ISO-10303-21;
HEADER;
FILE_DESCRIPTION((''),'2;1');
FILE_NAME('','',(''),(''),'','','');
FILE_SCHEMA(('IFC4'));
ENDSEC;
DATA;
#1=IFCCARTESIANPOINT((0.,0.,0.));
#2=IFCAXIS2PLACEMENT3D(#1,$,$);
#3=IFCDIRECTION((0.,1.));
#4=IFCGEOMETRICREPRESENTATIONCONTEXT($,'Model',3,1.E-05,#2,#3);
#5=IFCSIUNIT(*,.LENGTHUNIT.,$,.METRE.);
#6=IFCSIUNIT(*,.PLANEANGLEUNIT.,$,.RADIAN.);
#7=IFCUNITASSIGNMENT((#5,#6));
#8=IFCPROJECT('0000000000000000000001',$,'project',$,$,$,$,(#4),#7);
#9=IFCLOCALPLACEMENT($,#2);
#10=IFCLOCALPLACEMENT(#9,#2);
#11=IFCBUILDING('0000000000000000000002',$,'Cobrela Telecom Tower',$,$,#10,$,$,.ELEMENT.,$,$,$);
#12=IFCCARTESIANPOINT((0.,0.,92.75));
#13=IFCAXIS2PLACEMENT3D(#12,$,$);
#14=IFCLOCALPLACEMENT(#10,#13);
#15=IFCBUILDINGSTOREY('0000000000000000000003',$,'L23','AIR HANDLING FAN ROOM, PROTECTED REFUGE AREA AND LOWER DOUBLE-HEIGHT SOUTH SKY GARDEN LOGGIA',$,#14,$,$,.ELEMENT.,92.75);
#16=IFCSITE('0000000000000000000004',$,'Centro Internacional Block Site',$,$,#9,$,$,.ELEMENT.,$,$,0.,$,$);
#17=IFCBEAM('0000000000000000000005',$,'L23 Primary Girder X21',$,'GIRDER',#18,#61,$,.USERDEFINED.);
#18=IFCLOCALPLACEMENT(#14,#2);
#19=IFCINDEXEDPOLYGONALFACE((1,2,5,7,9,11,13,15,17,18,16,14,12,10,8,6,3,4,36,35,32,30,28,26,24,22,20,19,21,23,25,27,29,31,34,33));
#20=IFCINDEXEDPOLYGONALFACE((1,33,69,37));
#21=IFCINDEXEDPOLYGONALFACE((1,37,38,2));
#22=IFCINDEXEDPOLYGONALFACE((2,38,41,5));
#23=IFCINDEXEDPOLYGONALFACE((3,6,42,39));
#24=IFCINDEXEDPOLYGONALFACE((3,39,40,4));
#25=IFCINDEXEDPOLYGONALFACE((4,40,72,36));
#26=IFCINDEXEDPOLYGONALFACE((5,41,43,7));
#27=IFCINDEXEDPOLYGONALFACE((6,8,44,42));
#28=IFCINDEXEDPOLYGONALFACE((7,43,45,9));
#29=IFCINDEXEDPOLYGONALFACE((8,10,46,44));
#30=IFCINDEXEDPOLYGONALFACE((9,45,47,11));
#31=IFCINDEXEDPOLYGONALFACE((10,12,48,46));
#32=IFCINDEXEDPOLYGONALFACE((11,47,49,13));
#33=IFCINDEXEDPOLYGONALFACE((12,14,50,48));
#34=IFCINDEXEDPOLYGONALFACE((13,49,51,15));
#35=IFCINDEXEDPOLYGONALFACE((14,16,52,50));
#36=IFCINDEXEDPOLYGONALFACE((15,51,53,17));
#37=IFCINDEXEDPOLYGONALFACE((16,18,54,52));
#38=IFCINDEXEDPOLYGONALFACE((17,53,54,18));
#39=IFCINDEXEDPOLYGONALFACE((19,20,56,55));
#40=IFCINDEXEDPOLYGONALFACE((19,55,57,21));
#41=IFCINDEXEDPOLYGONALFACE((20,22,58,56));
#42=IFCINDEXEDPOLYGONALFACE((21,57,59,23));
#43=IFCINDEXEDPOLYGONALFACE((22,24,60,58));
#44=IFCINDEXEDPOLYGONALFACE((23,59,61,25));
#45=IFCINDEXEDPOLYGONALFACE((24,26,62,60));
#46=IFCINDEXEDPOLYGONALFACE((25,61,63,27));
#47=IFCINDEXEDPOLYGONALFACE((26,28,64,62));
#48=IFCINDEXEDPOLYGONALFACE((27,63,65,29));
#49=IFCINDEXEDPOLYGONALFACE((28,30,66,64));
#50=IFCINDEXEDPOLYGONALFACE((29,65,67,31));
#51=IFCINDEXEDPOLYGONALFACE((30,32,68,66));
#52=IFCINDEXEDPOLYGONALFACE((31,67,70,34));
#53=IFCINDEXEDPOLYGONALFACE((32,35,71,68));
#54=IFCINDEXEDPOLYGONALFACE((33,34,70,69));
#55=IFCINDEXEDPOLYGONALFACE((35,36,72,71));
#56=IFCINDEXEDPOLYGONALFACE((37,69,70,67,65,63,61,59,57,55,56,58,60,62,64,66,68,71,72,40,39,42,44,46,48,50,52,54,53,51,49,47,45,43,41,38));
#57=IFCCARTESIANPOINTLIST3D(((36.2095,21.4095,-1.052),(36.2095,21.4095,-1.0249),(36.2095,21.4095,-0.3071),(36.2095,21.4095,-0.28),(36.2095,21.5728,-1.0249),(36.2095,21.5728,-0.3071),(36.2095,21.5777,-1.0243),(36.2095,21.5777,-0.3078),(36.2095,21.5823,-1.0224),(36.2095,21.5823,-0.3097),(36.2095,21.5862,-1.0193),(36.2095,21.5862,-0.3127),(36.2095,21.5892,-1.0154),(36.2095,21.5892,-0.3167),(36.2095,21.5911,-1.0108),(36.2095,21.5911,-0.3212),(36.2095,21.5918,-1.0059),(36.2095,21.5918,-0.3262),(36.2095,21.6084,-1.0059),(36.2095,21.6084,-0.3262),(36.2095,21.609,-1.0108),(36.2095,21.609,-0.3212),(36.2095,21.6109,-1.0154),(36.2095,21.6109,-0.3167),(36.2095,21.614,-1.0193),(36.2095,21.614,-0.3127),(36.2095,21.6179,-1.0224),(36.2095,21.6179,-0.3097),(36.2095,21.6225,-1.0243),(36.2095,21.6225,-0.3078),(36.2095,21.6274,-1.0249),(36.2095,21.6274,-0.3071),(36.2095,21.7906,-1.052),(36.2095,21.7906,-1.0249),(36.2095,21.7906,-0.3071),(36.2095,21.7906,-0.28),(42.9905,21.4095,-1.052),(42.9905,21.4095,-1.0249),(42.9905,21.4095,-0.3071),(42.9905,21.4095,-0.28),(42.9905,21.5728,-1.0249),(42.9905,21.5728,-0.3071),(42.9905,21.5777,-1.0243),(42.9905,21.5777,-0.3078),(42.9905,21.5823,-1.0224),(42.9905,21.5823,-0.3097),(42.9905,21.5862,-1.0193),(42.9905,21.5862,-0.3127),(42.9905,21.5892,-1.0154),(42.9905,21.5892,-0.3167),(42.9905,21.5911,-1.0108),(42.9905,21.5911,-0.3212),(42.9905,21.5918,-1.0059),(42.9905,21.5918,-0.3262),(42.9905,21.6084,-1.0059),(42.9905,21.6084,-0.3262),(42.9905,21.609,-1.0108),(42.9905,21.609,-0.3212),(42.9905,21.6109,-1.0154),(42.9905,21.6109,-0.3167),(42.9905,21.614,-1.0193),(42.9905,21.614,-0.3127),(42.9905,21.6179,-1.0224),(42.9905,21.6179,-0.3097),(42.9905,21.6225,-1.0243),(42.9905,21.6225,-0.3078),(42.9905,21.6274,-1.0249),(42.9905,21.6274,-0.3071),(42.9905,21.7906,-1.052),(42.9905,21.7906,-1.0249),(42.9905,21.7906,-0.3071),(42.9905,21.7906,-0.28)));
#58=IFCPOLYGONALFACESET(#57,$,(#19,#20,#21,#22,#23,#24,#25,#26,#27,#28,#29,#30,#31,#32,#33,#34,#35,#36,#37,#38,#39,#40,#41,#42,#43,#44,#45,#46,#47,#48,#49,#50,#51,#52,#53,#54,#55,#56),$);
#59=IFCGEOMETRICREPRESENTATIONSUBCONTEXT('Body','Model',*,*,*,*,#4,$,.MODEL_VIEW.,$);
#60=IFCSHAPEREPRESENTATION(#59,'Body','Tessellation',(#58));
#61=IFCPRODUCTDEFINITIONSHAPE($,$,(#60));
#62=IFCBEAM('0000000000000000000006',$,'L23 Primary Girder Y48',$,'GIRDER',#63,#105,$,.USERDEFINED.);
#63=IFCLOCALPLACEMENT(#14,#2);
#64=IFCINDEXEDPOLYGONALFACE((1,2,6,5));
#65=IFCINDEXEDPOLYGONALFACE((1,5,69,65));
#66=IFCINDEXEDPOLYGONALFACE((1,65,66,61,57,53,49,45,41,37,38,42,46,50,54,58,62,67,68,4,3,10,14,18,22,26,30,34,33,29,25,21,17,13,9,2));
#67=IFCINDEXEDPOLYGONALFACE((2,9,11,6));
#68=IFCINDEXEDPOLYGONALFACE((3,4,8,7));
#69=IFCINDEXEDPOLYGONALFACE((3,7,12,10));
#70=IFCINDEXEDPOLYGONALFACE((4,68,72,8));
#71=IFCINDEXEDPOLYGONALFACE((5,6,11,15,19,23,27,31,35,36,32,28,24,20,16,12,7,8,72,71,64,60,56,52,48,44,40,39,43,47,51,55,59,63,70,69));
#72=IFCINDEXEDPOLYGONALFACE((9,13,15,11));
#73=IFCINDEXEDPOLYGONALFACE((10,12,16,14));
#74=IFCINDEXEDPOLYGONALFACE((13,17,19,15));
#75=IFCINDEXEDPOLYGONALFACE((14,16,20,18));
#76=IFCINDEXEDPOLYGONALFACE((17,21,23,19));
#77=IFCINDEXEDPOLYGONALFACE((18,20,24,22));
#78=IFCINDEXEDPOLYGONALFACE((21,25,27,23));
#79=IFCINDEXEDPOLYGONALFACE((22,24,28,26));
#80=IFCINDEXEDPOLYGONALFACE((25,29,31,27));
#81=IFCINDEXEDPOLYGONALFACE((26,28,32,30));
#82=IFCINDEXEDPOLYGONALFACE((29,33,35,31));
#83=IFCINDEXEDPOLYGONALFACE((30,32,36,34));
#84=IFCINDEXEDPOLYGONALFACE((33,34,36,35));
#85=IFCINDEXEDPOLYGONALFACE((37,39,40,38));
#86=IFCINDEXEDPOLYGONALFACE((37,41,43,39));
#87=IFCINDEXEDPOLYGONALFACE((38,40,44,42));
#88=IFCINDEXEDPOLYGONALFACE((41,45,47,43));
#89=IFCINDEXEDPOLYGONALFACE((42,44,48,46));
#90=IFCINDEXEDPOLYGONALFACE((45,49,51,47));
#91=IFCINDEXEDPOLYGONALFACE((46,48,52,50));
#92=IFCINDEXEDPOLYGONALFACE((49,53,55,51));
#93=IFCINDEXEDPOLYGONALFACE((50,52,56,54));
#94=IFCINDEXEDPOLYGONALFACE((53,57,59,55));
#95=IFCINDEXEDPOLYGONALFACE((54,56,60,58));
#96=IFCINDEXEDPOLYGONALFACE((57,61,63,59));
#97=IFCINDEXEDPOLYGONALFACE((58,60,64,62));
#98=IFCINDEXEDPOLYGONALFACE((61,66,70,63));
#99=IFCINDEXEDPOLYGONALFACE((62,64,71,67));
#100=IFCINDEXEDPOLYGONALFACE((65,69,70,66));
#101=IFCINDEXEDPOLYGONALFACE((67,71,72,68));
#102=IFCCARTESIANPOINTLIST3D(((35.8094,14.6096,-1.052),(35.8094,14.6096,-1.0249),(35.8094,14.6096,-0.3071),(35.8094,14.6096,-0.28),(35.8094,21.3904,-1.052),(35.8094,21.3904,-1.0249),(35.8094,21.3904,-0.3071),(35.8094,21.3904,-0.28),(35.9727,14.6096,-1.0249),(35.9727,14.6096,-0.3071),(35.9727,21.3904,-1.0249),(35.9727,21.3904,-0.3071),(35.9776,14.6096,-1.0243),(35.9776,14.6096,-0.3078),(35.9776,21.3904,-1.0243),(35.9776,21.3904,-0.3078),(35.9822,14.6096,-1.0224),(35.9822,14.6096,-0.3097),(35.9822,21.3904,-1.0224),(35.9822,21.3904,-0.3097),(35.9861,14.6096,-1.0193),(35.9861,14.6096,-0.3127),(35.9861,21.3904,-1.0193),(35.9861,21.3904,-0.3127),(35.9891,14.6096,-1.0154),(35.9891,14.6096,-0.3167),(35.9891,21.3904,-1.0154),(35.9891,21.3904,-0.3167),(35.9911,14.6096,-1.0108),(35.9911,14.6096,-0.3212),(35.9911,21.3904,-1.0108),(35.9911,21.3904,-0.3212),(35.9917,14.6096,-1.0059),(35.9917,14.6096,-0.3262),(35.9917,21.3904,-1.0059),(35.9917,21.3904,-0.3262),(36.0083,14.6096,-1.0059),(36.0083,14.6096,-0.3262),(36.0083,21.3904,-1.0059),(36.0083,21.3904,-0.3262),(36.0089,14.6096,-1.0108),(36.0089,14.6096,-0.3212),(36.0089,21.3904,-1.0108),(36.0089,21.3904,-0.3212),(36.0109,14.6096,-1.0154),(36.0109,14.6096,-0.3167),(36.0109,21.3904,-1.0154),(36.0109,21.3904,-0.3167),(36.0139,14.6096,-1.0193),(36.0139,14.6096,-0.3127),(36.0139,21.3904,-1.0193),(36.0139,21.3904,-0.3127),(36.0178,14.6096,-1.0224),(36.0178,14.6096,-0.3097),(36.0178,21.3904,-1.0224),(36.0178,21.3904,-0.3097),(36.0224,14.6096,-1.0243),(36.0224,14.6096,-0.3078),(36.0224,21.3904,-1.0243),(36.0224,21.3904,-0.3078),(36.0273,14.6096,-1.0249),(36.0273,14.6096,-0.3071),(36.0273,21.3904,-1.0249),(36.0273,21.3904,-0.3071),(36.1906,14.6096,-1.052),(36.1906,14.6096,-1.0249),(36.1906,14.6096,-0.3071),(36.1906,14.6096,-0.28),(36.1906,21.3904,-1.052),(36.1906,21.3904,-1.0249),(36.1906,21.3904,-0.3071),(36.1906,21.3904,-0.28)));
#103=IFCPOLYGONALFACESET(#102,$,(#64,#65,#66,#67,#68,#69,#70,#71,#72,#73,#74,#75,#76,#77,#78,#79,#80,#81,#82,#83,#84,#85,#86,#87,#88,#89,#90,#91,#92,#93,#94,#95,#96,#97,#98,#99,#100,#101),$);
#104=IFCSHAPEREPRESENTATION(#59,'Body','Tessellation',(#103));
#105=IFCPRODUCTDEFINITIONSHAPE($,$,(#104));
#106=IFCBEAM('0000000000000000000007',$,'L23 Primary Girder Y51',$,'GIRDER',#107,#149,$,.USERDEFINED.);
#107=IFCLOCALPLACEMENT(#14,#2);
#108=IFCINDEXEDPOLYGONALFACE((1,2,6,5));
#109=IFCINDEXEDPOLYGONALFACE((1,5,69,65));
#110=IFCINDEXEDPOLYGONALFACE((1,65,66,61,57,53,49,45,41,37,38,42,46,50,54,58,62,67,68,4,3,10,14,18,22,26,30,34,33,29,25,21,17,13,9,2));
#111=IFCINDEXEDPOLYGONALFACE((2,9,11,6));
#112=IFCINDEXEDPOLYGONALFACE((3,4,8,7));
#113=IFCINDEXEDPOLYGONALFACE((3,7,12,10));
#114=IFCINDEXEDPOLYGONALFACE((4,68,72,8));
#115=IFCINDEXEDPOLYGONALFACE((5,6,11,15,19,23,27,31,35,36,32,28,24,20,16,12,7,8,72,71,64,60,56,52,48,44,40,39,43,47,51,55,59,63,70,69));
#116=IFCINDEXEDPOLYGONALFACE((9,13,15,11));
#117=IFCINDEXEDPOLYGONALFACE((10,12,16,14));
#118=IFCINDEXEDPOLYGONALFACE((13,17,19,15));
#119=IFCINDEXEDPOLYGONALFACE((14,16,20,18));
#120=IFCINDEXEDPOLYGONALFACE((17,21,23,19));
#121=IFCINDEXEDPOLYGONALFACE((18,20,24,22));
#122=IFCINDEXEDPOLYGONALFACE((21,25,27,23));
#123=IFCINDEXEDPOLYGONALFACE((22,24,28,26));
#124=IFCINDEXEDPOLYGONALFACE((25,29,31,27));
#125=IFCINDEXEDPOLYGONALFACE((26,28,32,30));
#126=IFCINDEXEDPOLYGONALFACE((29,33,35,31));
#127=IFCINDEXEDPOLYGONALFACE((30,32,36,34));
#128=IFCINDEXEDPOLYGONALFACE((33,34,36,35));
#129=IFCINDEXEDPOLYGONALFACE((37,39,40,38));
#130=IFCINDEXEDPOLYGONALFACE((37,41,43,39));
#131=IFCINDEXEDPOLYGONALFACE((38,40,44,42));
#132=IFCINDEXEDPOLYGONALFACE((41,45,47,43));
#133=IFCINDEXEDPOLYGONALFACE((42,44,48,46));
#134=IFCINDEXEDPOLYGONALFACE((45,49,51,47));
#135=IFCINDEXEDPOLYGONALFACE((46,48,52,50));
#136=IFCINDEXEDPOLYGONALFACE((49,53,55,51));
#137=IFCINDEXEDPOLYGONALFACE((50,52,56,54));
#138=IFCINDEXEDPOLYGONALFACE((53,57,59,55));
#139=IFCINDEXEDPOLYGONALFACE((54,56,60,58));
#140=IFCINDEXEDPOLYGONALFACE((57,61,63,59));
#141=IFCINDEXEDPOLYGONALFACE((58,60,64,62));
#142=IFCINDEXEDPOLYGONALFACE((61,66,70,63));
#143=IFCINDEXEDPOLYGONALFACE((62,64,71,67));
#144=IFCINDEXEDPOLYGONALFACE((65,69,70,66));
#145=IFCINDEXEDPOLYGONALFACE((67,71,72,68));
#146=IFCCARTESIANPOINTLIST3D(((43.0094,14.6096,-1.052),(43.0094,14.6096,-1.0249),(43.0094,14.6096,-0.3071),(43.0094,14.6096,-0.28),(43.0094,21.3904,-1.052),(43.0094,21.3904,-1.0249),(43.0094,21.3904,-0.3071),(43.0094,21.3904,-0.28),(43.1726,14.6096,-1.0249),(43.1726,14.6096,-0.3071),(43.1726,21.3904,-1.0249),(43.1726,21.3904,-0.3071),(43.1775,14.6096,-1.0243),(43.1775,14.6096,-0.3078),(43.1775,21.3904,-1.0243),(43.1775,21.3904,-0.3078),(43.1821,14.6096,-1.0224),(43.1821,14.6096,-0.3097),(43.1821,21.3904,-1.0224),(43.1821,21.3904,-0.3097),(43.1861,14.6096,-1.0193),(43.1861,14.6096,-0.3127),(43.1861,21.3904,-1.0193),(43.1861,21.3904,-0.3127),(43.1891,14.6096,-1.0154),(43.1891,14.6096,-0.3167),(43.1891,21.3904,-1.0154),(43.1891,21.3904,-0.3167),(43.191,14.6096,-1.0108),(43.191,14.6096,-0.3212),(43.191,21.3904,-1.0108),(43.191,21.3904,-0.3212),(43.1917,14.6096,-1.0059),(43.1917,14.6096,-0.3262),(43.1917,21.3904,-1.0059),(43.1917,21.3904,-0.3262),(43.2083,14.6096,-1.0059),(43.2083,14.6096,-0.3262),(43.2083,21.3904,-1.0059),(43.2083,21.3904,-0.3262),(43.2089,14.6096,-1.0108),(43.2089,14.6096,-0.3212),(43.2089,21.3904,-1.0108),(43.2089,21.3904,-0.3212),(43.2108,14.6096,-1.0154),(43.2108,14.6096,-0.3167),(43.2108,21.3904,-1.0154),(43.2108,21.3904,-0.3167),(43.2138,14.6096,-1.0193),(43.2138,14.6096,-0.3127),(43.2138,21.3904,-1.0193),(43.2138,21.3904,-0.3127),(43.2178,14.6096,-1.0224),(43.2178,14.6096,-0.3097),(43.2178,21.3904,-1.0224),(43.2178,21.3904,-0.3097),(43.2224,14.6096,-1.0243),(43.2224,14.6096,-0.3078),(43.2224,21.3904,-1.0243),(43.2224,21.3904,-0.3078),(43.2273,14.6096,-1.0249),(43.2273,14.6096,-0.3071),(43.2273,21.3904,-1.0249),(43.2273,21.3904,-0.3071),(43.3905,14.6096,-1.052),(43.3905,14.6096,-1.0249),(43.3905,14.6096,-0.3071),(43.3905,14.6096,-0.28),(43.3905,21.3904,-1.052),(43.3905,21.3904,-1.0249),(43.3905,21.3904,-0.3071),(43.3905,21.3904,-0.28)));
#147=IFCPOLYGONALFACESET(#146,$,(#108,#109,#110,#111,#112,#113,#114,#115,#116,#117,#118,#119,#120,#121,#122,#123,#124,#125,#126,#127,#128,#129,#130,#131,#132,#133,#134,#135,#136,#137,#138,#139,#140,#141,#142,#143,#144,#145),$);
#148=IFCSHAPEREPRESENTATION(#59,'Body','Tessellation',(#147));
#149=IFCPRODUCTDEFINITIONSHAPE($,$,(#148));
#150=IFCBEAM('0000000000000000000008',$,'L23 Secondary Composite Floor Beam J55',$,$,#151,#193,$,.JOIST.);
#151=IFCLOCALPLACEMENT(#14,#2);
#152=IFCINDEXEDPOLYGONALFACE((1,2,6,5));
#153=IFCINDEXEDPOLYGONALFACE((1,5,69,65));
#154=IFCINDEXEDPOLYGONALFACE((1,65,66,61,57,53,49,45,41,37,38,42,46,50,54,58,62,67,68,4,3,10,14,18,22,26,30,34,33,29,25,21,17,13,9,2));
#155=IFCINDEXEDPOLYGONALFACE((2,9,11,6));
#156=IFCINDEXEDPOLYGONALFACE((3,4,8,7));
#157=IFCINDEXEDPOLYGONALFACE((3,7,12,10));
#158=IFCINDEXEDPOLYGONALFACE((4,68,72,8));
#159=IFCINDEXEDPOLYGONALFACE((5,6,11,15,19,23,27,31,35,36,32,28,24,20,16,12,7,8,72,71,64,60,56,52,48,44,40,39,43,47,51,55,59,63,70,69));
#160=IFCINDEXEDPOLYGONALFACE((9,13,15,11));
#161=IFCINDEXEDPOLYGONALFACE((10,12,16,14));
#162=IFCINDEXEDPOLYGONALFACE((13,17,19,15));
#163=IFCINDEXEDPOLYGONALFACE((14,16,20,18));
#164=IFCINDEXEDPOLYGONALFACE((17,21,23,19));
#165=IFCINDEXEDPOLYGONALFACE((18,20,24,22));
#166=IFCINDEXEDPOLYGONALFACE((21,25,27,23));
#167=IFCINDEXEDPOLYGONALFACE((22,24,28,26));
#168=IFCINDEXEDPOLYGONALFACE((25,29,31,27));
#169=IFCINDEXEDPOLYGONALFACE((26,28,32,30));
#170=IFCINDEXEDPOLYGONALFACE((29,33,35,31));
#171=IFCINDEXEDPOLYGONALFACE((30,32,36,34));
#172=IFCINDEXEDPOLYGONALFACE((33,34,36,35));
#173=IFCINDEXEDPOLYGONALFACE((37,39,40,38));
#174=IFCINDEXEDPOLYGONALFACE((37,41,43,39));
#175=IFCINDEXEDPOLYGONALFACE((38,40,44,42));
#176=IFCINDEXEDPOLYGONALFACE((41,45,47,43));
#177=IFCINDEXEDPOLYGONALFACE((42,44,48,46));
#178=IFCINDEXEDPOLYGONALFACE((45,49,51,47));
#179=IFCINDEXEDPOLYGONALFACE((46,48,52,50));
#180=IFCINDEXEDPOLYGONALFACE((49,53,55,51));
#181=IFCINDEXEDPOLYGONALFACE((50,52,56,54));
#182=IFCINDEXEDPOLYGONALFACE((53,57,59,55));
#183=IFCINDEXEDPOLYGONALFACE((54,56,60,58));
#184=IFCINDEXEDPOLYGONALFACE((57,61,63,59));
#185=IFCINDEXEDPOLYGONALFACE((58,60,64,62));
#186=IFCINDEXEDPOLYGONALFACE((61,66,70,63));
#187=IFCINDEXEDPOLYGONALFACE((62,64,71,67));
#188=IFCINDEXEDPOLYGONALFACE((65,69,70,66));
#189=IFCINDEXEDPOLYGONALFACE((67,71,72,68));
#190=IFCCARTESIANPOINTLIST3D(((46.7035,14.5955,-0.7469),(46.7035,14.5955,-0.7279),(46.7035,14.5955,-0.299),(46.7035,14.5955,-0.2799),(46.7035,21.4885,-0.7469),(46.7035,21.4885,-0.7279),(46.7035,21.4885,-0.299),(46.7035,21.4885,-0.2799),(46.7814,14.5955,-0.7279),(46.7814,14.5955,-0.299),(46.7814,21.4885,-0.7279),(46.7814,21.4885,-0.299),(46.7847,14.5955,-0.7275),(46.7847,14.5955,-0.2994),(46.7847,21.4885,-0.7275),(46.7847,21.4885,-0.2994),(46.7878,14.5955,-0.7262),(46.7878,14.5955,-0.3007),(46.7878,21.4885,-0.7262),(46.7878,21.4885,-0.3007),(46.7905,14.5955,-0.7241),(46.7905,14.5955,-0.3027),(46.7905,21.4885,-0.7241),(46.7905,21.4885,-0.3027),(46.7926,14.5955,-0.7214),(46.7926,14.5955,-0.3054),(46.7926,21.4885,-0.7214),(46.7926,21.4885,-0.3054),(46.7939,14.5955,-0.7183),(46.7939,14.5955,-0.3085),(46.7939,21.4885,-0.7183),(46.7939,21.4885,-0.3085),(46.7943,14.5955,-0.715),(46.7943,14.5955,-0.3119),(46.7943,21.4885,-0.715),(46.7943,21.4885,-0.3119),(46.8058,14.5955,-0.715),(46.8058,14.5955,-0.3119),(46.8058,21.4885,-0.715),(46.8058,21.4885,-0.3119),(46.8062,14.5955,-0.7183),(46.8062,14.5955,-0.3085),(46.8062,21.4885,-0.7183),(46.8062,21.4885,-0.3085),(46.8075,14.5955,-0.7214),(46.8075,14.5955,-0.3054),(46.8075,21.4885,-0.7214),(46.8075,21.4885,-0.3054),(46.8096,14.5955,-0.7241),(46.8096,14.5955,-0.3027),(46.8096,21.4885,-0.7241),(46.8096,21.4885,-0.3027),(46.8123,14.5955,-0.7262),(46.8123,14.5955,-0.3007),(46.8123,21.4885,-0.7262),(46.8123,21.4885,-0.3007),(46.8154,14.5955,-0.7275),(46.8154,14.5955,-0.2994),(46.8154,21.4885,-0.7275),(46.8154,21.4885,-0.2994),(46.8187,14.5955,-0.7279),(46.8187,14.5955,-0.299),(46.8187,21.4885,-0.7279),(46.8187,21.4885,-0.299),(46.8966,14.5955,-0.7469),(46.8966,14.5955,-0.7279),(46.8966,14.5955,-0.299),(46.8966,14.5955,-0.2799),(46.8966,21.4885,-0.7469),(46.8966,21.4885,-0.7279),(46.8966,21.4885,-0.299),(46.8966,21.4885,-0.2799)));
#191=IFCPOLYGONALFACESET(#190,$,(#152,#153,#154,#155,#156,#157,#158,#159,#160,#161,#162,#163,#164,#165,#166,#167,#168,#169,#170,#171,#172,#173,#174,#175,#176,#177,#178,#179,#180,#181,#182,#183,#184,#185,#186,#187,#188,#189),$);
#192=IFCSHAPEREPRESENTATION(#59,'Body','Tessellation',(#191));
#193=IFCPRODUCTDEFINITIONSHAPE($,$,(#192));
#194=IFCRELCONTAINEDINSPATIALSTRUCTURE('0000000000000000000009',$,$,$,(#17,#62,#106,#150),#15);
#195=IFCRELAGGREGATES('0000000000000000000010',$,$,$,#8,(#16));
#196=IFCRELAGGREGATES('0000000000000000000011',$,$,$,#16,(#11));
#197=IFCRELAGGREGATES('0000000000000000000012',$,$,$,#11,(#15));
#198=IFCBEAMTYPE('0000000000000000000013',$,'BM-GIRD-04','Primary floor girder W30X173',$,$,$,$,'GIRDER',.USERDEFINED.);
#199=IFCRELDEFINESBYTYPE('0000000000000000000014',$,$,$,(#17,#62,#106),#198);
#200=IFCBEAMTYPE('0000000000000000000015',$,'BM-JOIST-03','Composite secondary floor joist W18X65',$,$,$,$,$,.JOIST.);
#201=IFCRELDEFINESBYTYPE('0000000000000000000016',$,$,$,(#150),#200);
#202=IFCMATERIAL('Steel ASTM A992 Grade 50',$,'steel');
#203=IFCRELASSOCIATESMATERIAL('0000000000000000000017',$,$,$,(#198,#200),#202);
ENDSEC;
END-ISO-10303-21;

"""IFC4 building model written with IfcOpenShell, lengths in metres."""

from ifc_helpers import new_model, si_unit, direction, frame, origin, origin_2d, place, context, subcontext, project, spatial, i_section, extrude, material, material_profile, profile_set, type_object, element, save


model = new_model("IFC4")

# Units and contexts
model_context = context("Model", 3, precision=1e-05, world=origin(), true_north=direction((0.0, 1.0)))
body_context = subcontext(model_context, "Body", "Model", "MODEL_VIEW")
ifc_project = project(units=[si_unit("LENGTHUNIT", "METRE"), si_unit("PLANEANGLEUNIT", "RADIAN")], contexts=[model_context])

# Site, building, storey
site_placement = place(None, origin())
site = spatial("IfcSite", under=ifc_project, at=site_placement, Name="Centro Internacional Block Site", CompositionType="ELEMENT", RefElevation=0.0)
building_placement = place(site_placement, origin())
building = spatial("IfcBuilding", under=site, at=building_placement, Name="Cobrela Telecom Tower", CompositionType="ELEMENT")
storey_placement = place(building_placement, frame((0.0, 0.0, 92.75)))
storey = spatial("IfcBuildingStorey", under=building, at=storey_placement, Name="L23", Description="AIR HANDLING FAN ROOM, PROTECTED REFUGE AREA AND LOWER DOUBLE-HEIGHT SOUTH SKY GARDEN LOGGIA", CompositionType="ELEMENT", Elevation=92.75)

# Shared definitions
ifc_material_1 = material(Name="Steel ASTM A992 Grade 50", Category="steel")

# Beams
ifc_material_profile_1 = material_profile(ifc_material_1, i_section(OverallWidth=0.3811, OverallDepth=0.772, WebThickness=0.0166, FlangeThickness=0.0271, FilletRadius=0.019, at=origin_2d()), Name="W30X173")
ifc_profile_set_1 = profile_set([ifc_material_profile_1], Name="Steel ASTM A992 Grade 50")
beam_type_1 = type_object("IfcBeamType", Name="BM-GIRD-04", Description="Primary floor girder W30X173", ElementType="GIRDER", PredefinedType="USERDEFINED", material=ifc_profile_set_1)
for number, where, z_axis, x_axis, name in (
    (1, (36.2095, 21.6001, -0.666), (1.0, 0.0, 0.0), (0.0, 1.0, 0.0), "L23 Primary Girder X21"),
):
    element("IfcBeam", number, at=place(storey_placement, frame(where, z_axis=z_axis, x_axis=x_axis)), inside=storey, type_object=beam_type_1, Name=name, ObjectType="GIRDER", PredefinedType="USERDEFINED", context=body_context, shape_type="SweptSolid", body=[
        extrude(i_section(OverallWidth=0.3811, OverallDepth=0.772, WebThickness=0.0166, FlangeThickness=0.0271, FilletRadius=0.019, at=origin_2d()), origin(), (0.0, 0.0, 1.0), 6.781),
    ])
for number, where, z_axis, x_axis, name in (
    (2, (36.0, 14.6096, -0.666), (0.0, 1.0, 0.0), (-1.0, 0.0, 0.0), "L23 Primary Girder Y48"),
    (3, (43.2, 14.6096, -0.666), (0.0, 1.0, 0.0), (-1.0, 0.0, 0.0), "L23 Primary Girder Y51"),
):
    element("IfcBeam", number, at=place(storey_placement, frame(where, z_axis=z_axis, x_axis=x_axis)), inside=storey, type_object=beam_type_1, Name=name, ObjectType="GIRDER", PredefinedType="USERDEFINED", context=body_context, shape_type="SweptSolid", body=[
        extrude(i_section(OverallWidth=0.3811, OverallDepth=0.772, WebThickness=0.0166, FlangeThickness=0.0271, FilletRadius=0.019, at=origin_2d()), origin(), (0.0, 0.0, 1.0), 6.7808),
    ])
ifc_material_profile_2 = material_profile(ifc_material_1, i_section(OverallWidth=0.1931, OverallDepth=0.467, WebThickness=0.0115, FlangeThickness=0.019, FilletRadius=0.0129, at=origin_2d()), Name="W18X65")
ifc_profile_set_2 = profile_set([ifc_material_profile_2], Name="Steel ASTM A992 Grade 50")
beam_type_2 = type_object("IfcBeamType", Name="BM-JOIST-03", Description="Composite secondary floor joist W18X65", PredefinedType="JOIST", material=ifc_profile_set_2)
for number, where, z_axis, x_axis, name in (
    (4, (46.8, 14.5955, -0.5134), (0.0, 1.0, 0.0), (-1.0, 0.0, 0.0), "L23 Secondary Composite Floor Beam J55"),
):
    element("IfcBeam", number, at=place(storey_placement, frame(where, z_axis=z_axis, x_axis=x_axis)), inside=storey, type_object=beam_type_2, Name=name, PredefinedType="JOIST", context=body_context, shape_type="SweptSolid", body=[
        extrude(i_section(OverallWidth=0.1931, OverallDepth=0.467, WebThickness=0.0115, FlangeThickness=0.019, FilletRadius=0.0129, at=origin_2d()), origin(), (0.0, 0.0, 1.0), 6.8931),
    ])

save(model, "model.ifc")
